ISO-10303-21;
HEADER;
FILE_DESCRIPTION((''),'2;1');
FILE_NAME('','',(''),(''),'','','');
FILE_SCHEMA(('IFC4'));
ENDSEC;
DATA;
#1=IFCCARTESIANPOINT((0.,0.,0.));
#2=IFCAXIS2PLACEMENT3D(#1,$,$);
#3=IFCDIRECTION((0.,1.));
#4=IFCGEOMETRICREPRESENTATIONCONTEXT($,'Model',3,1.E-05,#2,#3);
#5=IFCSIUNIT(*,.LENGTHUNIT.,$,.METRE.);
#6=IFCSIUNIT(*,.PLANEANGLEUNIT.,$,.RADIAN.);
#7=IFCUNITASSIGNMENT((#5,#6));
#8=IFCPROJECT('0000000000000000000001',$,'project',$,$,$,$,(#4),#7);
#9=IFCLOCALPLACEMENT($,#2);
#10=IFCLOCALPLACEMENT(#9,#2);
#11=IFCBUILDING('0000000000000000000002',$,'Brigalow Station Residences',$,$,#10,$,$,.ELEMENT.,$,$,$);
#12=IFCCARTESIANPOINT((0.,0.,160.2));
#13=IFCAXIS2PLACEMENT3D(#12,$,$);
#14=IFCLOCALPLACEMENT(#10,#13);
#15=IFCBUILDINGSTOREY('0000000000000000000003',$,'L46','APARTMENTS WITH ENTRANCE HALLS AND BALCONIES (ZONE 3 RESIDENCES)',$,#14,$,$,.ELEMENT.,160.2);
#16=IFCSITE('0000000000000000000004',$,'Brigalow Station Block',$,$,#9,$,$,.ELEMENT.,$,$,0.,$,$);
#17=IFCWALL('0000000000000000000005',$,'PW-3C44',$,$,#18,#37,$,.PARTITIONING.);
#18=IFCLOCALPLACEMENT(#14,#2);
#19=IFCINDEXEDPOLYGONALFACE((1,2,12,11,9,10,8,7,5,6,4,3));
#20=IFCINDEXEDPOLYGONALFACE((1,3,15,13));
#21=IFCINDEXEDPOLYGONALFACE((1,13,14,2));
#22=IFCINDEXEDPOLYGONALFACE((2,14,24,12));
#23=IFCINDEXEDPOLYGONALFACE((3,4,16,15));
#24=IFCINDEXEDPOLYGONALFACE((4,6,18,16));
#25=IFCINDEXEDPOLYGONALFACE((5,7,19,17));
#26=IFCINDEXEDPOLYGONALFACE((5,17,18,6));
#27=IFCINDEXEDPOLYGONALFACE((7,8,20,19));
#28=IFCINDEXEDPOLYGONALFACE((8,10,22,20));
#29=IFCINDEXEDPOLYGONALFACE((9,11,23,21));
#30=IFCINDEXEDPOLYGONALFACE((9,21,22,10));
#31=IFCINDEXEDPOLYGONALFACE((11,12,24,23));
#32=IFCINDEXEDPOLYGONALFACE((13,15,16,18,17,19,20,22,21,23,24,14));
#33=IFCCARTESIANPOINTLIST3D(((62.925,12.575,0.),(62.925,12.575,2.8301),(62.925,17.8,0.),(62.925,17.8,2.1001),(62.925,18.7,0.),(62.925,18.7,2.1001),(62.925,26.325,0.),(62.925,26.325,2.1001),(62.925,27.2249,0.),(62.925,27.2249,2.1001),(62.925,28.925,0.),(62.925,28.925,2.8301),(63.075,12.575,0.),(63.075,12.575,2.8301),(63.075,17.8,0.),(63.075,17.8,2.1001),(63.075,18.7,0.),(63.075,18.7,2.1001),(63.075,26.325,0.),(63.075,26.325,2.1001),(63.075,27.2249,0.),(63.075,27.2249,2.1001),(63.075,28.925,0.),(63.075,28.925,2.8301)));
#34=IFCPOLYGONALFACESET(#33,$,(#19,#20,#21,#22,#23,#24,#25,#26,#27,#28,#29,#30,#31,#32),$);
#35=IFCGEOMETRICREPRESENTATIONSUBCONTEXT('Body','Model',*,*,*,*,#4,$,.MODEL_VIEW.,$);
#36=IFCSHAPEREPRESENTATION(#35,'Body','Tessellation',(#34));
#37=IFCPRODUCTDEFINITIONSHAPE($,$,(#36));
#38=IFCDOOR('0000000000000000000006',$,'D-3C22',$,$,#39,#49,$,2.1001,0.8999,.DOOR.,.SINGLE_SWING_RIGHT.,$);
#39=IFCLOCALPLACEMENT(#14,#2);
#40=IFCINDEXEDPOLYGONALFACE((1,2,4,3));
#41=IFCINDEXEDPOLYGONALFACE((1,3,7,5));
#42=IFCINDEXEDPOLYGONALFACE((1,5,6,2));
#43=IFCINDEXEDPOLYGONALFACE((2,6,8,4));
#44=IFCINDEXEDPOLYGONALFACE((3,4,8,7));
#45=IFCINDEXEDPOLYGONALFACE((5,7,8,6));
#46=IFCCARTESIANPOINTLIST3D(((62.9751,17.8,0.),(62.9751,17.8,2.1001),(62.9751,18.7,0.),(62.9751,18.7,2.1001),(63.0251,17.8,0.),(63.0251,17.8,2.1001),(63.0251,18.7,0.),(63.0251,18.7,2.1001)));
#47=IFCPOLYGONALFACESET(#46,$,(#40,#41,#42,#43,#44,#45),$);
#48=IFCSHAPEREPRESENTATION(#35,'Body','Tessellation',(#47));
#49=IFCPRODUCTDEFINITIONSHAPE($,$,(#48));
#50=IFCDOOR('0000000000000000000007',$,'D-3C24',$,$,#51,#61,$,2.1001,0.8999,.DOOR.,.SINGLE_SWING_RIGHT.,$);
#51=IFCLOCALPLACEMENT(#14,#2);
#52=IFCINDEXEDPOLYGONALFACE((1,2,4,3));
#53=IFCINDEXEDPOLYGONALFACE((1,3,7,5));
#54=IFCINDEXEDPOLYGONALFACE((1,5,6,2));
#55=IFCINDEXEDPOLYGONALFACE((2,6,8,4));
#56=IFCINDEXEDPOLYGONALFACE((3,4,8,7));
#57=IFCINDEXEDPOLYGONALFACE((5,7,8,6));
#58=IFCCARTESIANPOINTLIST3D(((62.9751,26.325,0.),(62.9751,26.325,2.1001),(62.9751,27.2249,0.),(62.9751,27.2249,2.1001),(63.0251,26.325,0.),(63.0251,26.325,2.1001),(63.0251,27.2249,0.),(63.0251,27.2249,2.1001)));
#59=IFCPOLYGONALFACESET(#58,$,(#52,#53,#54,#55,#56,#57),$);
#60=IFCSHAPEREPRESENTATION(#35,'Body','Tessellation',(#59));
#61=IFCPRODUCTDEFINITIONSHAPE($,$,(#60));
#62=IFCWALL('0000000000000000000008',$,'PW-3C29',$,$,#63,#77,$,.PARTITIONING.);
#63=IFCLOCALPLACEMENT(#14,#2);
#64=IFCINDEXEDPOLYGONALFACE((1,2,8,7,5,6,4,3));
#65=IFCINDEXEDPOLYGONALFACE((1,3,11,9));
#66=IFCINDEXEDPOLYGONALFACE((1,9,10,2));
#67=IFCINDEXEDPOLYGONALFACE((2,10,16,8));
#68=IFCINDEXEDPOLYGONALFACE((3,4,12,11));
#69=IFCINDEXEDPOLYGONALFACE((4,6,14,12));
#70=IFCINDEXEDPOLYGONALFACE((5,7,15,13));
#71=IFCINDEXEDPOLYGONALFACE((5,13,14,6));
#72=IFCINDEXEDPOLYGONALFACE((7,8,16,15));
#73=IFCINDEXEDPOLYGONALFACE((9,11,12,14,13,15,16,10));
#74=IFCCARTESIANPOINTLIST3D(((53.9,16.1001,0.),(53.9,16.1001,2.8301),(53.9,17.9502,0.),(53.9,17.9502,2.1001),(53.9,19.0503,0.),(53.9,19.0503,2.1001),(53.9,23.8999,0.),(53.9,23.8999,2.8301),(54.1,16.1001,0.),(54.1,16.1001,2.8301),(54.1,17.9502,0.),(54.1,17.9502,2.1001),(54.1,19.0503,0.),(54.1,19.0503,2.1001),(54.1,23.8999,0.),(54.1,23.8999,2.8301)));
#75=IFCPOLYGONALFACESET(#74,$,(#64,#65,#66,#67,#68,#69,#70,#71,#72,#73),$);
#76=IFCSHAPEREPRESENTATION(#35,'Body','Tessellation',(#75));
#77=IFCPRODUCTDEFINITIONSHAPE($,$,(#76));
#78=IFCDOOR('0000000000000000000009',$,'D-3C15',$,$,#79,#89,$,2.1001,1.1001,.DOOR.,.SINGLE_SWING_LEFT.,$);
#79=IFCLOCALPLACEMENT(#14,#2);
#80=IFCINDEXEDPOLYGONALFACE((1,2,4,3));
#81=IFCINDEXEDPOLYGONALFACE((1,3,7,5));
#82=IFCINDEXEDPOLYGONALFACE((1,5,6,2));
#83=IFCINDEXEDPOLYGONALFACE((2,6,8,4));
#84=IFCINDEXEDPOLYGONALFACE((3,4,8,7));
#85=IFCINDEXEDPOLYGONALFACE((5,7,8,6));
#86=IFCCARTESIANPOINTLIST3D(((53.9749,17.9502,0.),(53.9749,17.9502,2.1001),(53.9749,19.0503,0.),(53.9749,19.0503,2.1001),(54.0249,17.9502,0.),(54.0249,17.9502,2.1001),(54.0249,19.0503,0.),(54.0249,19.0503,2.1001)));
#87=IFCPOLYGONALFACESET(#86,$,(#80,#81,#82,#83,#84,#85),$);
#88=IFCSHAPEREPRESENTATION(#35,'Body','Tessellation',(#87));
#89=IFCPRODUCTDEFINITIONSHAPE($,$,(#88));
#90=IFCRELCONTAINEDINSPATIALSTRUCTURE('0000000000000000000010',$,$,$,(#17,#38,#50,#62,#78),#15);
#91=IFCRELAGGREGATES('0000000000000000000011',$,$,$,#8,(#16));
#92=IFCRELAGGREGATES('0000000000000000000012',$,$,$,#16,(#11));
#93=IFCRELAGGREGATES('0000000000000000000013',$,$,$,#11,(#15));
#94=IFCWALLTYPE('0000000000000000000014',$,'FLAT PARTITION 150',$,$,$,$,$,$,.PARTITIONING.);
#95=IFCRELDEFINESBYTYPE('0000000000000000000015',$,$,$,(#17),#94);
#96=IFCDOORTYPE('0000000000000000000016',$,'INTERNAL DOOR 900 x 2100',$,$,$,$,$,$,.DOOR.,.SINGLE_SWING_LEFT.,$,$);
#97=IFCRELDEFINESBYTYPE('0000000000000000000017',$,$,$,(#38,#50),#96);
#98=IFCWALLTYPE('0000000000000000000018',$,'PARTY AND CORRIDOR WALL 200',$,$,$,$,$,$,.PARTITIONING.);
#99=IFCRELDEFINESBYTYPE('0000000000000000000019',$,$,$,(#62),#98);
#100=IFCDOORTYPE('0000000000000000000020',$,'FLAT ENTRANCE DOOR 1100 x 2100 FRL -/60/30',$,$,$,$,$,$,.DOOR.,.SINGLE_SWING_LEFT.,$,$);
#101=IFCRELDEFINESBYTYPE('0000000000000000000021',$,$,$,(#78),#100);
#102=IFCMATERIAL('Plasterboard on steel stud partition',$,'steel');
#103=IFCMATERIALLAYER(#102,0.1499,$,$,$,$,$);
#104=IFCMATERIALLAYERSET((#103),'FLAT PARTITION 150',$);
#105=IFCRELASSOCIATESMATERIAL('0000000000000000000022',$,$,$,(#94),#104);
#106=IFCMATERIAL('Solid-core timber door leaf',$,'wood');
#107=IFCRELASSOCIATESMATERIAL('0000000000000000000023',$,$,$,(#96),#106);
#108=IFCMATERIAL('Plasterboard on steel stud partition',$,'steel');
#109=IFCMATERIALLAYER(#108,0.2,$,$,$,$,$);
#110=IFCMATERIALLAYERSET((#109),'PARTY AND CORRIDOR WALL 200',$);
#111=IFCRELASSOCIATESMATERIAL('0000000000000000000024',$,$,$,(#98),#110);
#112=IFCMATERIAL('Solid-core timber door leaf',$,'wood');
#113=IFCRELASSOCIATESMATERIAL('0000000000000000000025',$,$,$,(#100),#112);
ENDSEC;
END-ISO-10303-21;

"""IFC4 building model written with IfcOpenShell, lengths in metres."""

from ifc_helpers import new_model, si_unit, direction, frame, frame_2d, origin, place, context, subcontext, project, spatial, rectangle, extrude, material, layer, layer_set, type_object, element, fill, save


model = new_model("IFC4")

# Units and contexts
model_context = context("Model", 3, precision=1e-05, world=origin(), true_north=direction((0.0, 1.0)))
body_context = subcontext(model_context, "Body", "Model", "MODEL_VIEW")
ifc_project = project(units=[si_unit("LENGTHUNIT", "METRE"), si_unit("PLANEANGLEUNIT", "RADIAN")], contexts=[model_context])

# Site, building, storey
site_placement = place(None, origin())
site = spatial("IfcSite", under=ifc_project, at=site_placement, Name="Brigalow Station Block", CompositionType="ELEMENT", RefElevation=0.0)
building_placement = place(site_placement, origin())
building = spatial("IfcBuilding", under=site, at=building_placement, Name="Brigalow Station Residences", CompositionType="ELEMENT")
storey_placement = place(building_placement, frame((0.0, 0.0, 160.2)))
storey = spatial("IfcBuildingStorey", under=building, at=storey_placement, Name="L46", Description="APARTMENTS WITH ENTRANCE HALLS AND BALCONIES (ZONE 3 RESIDENCES)", CompositionType="ELEMENT", Elevation=160.2)

# Shared definitions
ifc_material_1 = material(Name="Plasterboard on steel stud partition", Category="steel")
ifc_layer_1 = layer(ifc_material_1, 0.1499)
ifc_layer_set_1 = layer_set([ifc_layer_1], Name="FLAT PARTITION 150")
wall_type_1 = type_object("IfcWallType", Name="FLAT PARTITION 150", PredefinedType="PARTITIONING", material=ifc_layer_set_1)
ifc_material_2 = material(Name="Solid-core timber door leaf", Category="wood")
door_type_1 = type_object("IfcDoorType", Name="INTERNAL DOOR 900 x 2100", OperationType="SINGLE_SWING_LEFT", PredefinedType="DOOR", material=ifc_material_2)

# Wall, openings, doors
wall_1_placement = place(storey_placement, frame((63.0, 12.575, 0.0), z_axis=(0.0, 0.0, 1.0), x_axis=(0.0, 1.0, 0.0)))
wall_1 = element("IfcWall", 1, at=wall_1_placement, inside=storey, type_object=wall_type_1, Name="PW-3C44", PredefinedType="PARTITIONING", context=body_context, shape_type="SweptSolid", body=[
    extrude(rectangle(XDim=16.3501, YDim=0.1499, at=frame_2d((8.175, 0.0))), origin(), (0.0, 0.0, 1.0), 2.8301),
])
opening_1_placement = place(wall_1_placement, frame((5.2251, 0.0, 0.0)))
opening_1 = element("IfcOpeningElement", 2, at=opening_1_placement, cuts=wall_1, PredefinedType="OPENING", context=body_context, shape_type="SweptSolid", body=[
    extrude(rectangle(XDim=0.8999, YDim=2.1001, at=frame_2d((0.45, 1.05))), frame((0.0, 0.085, 0.0), z_axis=(0.0, -1.0, 0.0), x_axis=(1.0, 0.0, 0.0)), (0.0, 0.0, 1.0), 0.1699),
])
opening_2_placement = place(wall_1_placement, frame((13.75, 0.0, 0.0)))
opening_2 = element("IfcOpeningElement", 3, at=opening_2_placement, cuts=wall_1, PredefinedType="OPENING", context=body_context, shape_type="SweptSolid", body=[
    extrude(rectangle(XDim=0.8999, YDim=2.1001, at=frame_2d((0.45, 1.05))), frame((0.0, 0.085, 0.0), z_axis=(0.0, -1.0, 0.0), x_axis=(1.0, 0.0, 0.0)), (0.0, 0.0, 1.0), 0.1699),
])
door_1_placement = place(opening_1_placement, origin())
door_1 = element("IfcDoor", 4, at=door_1_placement, inside=storey, type_object=door_type_1, Name="D-3C22", OperationType="SINGLE_SWING_RIGHT", OverallHeight=2.1001, OverallWidth=0.8999, PredefinedType="DOOR", context=body_context, shape_type="SweptSolid", body=[
    extrude(rectangle(XDim=0.8999, YDim=2.1001, at=frame_2d((0.45, 1.05))), frame((0.0, 0.0249, 0.0), z_axis=(0.0, -1.0, 0.0), x_axis=(1.0, 0.0, 0.0)), (0.0, 0.0, 1.0), 0.05),
])
fill(opening_1, door_1)
door_2_placement = place(opening_2_placement, origin())
door_2 = element("IfcDoor", 5, at=door_2_placement, inside=storey, type_object=door_type_1, Name="D-3C24", OperationType="SINGLE_SWING_RIGHT", OverallHeight=2.1001, OverallWidth=0.8999, PredefinedType="DOOR", context=body_context, shape_type="SweptSolid", body=[
    extrude(rectangle(XDim=0.8999, YDim=2.1001, at=frame_2d((0.45, 1.05))), frame((0.0, 0.0249, 0.0), z_axis=(0.0, -1.0, 0.0), x_axis=(1.0, 0.0, 0.0)), (0.0, 0.0, 1.0), 0.05),
])
fill(opening_2, door_2)

# Wall, opening, door
ifc_material_3 = material(Name="Plasterboard on steel stud partition", Category="steel")
ifc_layer_2 = layer(ifc_material_3, 0.2)
ifc_layer_set_2 = layer_set([ifc_layer_2], Name="PARTY AND CORRIDOR WALL 200")
wall_type_2 = type_object("IfcWallType", Name="PARTY AND CORRIDOR WALL 200", PredefinedType="PARTITIONING", material=ifc_layer_set_2)
wall_2_placement = place(storey_placement, frame((54.0, 16.1001, 0.0), z_axis=(0.0, 0.0, 1.0), x_axis=(0.0, 1.0, 0.0)))
wall_2 = element("IfcWall", 6, at=wall_2_placement, inside=storey, type_object=wall_type_2, Name="PW-3C29", PredefinedType="PARTITIONING", context=body_context, shape_type="SweptSolid", body=[
    extrude(rectangle(XDim=7.7998, YDim=0.2, at=frame_2d((3.8999, 0.0))), origin(), (0.0, 0.0, 1.0), 2.8301),
])
opening_3_placement = place(wall_2_placement, frame((1.8501, 0.0, 0.0)))
opening_3 = element("IfcOpeningElement", 7, at=opening_3_placement, cuts=wall_2, PredefinedType="OPENING", context=body_context, shape_type="SweptSolid", body=[
    extrude(rectangle(XDim=1.1001, YDim=2.1001, at=frame_2d((0.55, 1.05))), frame((0.0, 0.1099, 0.0), z_axis=(0.0, -1.0, 0.0), x_axis=(1.0, 0.0, 0.0)), (0.0, 0.0, 1.0), 0.22),
])
ifc_material_4 = material(Name="Solid-core timber door leaf", Category="wood")
door_type_2 = type_object("IfcDoorType", Name="FLAT ENTRANCE DOOR 1100 x 2100 FRL -/60/30", OperationType="SINGLE_SWING_LEFT", PredefinedType="DOOR", material=ifc_material_4)
door_3_placement = place(opening_3_placement, frame((1.1001, 0.0, 0.0), z_axis=(0.0, 0.0, 1.0), x_axis=(-1.0, 0.0, 0.0)))
door_3 = element("IfcDoor", 8, at=door_3_placement, inside=storey, type_object=door_type_2, Name="D-3C15", OperationType="SINGLE_SWING_LEFT", OverallHeight=2.1001, OverallWidth=1.1001, PredefinedType="DOOR", context=body_context, shape_type="SweptSolid", body=[
    extrude(rectangle(XDim=1.1001, YDim=2.1001, at=frame_2d((0.55, 1.05))), frame((0.0, 0.0249, 0.0), z_axis=(0.0, -1.0, 0.0), x_axis=(1.0, 0.0, 0.0)), (0.0, 0.0, 1.0), 0.05),
])
fill(opening_3, door_3)

save(model, "model.ifc")
